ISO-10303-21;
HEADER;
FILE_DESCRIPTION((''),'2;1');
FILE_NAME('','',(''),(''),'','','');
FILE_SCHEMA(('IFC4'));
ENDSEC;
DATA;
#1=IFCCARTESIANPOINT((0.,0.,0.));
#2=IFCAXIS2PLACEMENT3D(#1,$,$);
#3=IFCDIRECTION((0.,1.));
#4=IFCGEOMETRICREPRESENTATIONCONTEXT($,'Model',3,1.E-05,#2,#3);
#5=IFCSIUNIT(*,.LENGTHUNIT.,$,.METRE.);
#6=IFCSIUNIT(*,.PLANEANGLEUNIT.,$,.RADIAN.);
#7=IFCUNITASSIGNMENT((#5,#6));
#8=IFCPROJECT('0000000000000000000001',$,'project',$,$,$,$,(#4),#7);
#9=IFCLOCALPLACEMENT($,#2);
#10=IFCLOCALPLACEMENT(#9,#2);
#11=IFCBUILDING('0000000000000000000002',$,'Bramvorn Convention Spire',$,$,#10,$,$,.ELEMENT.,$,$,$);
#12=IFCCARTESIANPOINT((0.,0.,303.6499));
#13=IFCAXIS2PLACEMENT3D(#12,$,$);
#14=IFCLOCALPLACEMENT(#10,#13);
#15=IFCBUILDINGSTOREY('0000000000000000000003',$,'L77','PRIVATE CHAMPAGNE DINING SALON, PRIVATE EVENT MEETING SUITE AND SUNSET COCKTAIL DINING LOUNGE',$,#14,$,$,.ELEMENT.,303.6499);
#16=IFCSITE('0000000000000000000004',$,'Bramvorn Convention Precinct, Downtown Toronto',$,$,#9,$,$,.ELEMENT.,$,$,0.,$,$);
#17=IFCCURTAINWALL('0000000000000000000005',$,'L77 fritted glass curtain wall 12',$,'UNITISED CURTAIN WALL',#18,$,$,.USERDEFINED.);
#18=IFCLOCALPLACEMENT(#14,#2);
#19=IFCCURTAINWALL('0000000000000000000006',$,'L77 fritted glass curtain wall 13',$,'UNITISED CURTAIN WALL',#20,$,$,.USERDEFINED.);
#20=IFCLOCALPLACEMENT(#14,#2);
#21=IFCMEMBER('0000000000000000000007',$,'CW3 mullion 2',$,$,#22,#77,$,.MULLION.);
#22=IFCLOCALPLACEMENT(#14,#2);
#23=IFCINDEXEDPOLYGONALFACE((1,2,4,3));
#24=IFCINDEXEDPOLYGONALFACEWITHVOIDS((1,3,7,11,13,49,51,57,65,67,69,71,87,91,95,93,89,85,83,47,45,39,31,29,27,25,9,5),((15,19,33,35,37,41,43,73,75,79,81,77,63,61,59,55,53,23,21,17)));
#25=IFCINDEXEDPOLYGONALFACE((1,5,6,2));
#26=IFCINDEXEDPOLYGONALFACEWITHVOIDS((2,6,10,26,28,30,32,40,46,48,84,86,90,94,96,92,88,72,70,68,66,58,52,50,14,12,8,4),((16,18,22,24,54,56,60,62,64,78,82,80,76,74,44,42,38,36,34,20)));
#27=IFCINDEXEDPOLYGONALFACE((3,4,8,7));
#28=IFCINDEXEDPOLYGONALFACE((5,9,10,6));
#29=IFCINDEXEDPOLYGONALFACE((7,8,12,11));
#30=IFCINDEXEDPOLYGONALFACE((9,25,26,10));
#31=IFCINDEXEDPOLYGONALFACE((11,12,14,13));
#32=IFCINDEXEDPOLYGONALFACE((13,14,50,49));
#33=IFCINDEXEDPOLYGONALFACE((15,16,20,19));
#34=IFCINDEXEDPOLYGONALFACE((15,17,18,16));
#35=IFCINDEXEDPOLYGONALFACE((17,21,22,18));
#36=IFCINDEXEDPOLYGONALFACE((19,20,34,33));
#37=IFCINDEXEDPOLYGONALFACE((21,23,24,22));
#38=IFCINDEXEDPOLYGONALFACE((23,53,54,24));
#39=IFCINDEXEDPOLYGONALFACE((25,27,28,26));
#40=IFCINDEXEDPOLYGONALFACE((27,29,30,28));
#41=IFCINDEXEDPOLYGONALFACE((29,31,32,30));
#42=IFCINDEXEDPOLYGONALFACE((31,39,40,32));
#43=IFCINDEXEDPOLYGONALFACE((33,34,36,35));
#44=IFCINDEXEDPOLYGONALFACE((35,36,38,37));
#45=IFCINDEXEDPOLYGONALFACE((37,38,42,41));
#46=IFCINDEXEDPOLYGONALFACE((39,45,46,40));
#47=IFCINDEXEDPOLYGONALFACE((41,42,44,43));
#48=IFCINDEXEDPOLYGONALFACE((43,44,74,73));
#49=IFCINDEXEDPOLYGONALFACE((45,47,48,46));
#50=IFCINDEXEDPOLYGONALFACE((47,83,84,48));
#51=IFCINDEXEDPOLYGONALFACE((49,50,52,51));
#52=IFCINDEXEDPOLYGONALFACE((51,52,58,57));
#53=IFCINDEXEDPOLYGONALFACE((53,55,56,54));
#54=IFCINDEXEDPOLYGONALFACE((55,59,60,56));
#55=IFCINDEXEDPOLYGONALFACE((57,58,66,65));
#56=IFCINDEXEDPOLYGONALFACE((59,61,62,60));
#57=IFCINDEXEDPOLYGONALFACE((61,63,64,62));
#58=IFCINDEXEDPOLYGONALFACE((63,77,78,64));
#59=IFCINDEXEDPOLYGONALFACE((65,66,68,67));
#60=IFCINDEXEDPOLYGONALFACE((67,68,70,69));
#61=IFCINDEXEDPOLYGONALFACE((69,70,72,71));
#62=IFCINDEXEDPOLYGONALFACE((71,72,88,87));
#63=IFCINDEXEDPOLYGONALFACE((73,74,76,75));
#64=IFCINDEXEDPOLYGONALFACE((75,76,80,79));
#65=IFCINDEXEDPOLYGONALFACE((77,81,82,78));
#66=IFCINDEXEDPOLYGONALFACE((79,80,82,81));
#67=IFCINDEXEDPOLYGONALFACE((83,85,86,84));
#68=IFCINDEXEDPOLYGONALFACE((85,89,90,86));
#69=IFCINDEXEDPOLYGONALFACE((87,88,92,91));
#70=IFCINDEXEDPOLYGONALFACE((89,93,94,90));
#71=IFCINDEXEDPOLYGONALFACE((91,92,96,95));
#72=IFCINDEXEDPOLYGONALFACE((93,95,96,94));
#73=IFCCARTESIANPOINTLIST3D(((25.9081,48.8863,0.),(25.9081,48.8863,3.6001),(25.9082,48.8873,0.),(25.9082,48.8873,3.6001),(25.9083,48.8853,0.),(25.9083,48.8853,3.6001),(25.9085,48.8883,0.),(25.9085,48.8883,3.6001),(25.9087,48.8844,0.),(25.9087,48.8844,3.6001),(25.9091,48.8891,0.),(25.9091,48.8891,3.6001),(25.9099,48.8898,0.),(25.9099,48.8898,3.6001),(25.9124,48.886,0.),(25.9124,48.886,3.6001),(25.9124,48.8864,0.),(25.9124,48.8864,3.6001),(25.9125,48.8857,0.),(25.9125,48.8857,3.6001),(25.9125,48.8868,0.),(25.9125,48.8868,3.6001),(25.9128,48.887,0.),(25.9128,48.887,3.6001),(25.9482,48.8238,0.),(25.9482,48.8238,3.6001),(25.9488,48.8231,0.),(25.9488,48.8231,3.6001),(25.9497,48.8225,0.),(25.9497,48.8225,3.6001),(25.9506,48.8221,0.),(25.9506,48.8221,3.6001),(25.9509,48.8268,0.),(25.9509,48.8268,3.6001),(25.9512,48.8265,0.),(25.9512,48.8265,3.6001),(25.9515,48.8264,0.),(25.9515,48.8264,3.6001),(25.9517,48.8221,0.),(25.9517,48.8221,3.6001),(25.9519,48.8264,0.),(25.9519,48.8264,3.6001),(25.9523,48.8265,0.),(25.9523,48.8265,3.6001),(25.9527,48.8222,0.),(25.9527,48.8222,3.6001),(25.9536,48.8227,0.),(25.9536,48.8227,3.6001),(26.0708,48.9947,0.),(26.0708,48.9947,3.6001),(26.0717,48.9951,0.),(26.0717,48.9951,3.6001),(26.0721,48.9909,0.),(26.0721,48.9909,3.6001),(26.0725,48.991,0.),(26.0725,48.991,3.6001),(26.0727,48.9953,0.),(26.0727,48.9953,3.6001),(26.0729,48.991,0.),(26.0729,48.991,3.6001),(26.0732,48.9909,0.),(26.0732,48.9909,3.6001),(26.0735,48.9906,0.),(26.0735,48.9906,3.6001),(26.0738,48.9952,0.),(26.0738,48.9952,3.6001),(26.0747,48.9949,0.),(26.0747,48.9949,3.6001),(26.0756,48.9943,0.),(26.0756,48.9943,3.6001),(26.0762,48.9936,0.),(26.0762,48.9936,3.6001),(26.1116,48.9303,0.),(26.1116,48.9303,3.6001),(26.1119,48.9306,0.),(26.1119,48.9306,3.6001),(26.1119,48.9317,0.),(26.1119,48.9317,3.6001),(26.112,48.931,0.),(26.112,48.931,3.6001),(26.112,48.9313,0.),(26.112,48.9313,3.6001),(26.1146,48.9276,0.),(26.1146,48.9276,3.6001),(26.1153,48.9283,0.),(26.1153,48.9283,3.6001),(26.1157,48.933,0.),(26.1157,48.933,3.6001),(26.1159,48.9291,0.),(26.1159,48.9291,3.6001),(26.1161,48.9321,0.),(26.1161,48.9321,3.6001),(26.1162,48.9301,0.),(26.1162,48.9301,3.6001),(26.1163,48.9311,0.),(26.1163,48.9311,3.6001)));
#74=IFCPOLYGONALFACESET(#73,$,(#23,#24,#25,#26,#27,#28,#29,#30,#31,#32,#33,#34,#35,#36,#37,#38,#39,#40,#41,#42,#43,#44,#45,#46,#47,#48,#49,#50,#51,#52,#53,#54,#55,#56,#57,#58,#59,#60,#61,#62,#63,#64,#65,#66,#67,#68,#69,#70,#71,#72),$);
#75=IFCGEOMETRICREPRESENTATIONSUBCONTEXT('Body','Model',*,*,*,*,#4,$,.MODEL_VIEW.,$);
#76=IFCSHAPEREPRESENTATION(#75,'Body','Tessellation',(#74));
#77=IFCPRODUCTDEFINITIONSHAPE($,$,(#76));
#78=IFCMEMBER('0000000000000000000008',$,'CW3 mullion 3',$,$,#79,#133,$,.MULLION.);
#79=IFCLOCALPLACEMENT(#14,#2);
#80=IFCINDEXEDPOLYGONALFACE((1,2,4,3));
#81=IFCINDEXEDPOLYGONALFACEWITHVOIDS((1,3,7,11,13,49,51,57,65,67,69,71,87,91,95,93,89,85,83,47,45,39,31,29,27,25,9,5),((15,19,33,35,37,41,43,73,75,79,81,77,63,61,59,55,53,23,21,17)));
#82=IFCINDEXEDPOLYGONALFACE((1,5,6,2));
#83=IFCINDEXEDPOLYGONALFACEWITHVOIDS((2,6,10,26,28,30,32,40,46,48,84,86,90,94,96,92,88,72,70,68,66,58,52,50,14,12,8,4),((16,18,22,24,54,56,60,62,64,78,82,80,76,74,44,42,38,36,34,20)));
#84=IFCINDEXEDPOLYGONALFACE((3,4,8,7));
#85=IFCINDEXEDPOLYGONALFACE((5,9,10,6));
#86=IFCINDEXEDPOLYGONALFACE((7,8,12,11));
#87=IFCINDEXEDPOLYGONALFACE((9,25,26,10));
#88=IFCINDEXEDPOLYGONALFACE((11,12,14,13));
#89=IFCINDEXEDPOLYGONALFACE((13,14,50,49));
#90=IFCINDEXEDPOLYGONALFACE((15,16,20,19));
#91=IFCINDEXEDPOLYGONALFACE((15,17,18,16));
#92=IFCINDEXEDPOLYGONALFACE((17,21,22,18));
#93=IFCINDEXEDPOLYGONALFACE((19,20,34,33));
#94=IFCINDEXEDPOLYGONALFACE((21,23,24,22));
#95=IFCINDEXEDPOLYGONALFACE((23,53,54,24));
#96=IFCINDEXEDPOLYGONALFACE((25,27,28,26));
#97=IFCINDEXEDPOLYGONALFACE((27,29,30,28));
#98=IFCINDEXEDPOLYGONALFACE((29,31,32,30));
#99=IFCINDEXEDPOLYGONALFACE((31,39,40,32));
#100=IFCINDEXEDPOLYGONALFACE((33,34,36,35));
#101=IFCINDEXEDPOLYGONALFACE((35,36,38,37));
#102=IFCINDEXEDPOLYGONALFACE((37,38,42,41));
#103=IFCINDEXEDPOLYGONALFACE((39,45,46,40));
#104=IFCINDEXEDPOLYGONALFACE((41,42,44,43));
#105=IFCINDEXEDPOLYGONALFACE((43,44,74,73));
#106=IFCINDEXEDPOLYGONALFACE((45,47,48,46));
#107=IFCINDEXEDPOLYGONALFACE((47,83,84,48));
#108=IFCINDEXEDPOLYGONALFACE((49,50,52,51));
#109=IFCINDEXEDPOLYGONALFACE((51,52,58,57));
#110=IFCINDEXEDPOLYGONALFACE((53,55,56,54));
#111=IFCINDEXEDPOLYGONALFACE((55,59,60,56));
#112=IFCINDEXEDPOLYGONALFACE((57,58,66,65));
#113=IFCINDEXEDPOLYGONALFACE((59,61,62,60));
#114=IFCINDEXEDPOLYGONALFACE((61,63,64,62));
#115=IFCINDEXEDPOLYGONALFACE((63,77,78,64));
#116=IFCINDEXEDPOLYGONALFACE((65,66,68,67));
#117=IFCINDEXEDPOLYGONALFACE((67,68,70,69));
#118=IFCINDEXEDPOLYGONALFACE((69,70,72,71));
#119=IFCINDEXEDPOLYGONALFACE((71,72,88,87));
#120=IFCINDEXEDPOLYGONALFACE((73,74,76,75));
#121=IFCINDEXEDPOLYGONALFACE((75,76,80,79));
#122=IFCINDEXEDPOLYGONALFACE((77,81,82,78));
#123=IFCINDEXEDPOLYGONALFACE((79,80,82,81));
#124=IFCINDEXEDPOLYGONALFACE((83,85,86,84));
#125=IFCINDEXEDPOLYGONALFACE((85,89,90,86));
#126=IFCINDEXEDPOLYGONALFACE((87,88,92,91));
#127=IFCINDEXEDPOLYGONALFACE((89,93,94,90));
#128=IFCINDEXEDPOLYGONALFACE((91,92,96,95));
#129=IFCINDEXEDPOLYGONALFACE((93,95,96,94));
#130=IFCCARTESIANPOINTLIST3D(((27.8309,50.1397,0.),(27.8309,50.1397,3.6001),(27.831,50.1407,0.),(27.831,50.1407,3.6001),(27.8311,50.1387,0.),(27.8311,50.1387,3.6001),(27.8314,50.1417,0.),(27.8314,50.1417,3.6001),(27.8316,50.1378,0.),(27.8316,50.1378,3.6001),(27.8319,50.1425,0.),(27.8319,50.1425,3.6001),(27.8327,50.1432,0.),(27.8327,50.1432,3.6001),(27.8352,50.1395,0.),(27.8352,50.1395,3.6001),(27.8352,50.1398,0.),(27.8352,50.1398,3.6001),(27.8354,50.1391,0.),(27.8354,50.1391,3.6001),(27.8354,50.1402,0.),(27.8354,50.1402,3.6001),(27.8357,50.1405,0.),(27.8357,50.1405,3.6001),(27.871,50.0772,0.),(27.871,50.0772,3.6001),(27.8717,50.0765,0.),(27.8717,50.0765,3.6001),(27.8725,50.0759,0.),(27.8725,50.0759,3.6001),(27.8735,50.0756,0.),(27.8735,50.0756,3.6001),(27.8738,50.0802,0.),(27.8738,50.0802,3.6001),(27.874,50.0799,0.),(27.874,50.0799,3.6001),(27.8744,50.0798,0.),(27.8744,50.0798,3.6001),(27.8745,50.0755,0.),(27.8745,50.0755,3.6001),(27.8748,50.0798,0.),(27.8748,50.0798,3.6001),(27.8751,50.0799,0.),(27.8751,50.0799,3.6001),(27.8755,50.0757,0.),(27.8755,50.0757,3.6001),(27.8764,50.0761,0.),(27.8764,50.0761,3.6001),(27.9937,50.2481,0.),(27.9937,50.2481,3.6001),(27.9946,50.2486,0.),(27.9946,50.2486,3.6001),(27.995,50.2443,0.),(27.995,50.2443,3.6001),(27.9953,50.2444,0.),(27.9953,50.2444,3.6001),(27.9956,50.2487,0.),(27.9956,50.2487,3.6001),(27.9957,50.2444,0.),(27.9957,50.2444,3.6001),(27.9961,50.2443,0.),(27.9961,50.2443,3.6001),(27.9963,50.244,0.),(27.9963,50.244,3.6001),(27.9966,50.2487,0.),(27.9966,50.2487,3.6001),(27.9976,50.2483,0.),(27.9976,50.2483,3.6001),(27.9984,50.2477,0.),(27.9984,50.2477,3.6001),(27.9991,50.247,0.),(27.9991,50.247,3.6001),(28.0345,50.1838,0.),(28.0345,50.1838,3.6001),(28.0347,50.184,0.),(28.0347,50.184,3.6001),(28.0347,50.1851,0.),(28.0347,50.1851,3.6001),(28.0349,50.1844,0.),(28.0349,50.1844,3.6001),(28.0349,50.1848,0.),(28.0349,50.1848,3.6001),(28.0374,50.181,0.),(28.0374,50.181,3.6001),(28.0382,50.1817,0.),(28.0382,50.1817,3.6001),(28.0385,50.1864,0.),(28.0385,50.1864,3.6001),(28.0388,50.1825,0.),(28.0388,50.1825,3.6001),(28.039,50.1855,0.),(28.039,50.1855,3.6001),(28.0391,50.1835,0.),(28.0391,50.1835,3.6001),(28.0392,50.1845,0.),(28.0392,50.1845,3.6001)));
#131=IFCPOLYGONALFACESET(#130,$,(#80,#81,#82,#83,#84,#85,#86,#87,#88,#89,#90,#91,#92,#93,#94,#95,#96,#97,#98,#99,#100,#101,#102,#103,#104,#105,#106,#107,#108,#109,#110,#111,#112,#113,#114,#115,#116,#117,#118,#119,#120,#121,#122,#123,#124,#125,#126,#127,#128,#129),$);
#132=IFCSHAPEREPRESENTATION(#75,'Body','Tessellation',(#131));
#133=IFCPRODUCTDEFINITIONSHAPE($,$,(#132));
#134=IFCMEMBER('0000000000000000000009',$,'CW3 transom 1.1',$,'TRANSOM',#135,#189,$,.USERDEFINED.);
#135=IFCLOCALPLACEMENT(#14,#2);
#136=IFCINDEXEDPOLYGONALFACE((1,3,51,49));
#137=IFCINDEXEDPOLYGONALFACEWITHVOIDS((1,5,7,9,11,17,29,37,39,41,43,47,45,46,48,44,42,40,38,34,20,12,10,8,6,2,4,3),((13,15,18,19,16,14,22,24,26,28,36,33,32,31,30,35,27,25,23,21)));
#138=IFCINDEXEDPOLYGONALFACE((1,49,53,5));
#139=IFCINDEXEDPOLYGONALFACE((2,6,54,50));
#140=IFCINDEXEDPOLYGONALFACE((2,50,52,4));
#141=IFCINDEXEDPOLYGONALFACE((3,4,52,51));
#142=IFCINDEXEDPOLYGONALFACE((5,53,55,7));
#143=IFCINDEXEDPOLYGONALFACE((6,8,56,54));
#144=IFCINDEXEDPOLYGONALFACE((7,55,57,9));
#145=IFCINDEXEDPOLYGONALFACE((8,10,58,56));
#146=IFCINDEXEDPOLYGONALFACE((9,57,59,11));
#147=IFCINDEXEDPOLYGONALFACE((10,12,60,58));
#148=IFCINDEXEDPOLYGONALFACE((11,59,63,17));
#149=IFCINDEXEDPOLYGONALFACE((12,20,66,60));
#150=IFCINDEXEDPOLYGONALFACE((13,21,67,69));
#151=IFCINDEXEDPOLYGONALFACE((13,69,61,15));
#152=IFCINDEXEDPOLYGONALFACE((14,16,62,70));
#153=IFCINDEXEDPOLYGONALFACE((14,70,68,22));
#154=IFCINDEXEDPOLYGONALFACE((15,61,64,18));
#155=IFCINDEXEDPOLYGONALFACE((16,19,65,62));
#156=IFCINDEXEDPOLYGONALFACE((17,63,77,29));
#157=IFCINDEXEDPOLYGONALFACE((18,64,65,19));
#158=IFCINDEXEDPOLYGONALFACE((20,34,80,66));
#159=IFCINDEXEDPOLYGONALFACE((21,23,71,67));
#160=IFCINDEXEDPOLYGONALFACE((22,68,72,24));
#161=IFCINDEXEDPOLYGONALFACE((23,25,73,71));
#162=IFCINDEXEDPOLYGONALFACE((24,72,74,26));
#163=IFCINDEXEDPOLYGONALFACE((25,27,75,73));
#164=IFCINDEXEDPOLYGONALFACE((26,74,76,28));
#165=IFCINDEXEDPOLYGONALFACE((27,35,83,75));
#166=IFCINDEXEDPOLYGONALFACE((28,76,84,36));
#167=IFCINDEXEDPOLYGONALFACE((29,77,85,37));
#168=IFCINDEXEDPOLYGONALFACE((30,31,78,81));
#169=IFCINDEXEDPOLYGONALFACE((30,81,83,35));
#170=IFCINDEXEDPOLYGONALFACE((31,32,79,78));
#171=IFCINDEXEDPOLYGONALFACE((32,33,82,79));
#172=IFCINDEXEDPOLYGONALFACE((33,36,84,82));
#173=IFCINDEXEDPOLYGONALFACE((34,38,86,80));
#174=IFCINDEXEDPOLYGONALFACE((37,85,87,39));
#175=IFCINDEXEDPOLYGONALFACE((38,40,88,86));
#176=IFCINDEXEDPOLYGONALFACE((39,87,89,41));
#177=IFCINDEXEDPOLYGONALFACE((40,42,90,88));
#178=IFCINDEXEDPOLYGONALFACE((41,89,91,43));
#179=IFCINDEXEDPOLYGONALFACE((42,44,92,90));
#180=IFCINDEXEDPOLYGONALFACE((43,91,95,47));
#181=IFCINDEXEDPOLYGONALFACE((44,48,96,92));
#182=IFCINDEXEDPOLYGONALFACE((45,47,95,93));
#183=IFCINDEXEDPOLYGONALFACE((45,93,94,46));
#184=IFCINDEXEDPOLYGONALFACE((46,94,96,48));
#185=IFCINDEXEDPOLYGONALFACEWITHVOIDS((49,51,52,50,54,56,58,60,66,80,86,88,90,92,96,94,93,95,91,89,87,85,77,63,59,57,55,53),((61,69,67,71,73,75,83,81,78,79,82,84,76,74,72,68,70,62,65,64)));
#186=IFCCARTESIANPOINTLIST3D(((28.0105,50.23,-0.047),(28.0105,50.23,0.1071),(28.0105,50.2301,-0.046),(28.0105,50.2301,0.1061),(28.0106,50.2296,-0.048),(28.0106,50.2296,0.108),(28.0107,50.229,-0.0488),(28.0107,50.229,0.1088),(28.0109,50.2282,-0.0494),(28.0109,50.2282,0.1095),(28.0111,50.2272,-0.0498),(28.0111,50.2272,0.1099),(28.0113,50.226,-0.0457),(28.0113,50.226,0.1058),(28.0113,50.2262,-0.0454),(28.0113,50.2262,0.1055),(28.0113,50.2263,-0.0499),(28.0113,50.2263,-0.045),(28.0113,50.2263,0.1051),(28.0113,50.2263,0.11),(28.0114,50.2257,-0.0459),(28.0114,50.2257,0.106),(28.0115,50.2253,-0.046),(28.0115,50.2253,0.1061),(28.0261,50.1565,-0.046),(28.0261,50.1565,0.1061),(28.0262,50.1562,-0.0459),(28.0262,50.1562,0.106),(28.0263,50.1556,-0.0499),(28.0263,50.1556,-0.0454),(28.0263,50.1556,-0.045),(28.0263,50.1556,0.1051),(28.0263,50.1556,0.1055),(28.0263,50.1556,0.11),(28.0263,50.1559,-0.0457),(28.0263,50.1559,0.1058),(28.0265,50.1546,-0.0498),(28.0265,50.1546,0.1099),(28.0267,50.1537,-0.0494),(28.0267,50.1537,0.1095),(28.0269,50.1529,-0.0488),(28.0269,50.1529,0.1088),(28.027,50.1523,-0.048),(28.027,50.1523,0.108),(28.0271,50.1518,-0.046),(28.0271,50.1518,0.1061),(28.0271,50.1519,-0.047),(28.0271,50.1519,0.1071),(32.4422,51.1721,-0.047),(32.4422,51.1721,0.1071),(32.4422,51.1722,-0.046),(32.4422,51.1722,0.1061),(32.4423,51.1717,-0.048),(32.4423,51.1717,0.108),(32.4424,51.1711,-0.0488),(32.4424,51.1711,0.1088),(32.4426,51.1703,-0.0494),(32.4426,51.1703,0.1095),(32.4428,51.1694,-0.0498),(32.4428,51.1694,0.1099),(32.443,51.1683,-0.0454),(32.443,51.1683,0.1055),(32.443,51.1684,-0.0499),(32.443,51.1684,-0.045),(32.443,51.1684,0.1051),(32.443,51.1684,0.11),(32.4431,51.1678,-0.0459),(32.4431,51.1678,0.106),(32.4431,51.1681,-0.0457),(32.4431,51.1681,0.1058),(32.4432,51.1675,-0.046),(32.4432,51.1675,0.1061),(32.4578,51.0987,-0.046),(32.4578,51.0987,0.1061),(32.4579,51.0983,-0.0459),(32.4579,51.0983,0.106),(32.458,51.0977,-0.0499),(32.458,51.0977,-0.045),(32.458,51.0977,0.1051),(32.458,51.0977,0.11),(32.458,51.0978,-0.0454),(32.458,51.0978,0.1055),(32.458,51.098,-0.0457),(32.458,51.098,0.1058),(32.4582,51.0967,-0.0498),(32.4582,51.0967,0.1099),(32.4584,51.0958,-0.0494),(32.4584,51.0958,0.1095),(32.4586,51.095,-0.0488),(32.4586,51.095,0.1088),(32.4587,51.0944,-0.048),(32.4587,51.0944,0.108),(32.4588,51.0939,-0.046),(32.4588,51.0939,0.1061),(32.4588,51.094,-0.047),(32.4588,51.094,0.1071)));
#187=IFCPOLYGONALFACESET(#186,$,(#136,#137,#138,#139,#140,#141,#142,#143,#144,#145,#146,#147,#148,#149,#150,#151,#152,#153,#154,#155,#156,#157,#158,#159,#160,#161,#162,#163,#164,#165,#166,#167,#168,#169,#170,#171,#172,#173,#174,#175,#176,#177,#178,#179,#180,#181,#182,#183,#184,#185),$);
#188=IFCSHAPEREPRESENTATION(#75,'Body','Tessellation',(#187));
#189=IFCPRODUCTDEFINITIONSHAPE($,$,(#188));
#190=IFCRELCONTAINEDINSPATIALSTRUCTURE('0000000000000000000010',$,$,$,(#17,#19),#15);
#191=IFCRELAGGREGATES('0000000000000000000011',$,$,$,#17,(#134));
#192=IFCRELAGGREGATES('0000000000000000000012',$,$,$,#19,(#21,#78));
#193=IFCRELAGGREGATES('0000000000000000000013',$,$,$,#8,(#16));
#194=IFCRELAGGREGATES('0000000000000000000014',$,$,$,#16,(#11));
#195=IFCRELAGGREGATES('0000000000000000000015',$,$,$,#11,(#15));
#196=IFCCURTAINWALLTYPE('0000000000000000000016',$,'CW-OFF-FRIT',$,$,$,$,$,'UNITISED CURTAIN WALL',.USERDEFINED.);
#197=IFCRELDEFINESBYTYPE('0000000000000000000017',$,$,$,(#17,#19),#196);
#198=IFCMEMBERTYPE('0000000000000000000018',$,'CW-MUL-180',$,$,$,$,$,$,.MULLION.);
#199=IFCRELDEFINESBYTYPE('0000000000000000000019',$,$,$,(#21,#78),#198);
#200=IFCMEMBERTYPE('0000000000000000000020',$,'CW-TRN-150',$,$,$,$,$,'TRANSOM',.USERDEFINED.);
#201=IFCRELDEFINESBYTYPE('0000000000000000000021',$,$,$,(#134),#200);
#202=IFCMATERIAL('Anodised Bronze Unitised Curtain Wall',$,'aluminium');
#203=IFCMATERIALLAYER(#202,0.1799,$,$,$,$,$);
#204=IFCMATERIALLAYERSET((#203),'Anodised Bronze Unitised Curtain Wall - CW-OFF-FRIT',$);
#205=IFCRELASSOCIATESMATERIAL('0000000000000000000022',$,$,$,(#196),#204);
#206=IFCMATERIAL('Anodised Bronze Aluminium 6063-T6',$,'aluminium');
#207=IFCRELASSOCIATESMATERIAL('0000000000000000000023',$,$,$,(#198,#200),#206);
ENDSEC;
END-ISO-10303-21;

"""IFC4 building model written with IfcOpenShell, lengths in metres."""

from ifc_helpers import new_model, si_unit, direction, frame, origin, origin_2d, place, context, subcontext, project, spatial, hollow_rectangle, extrude, material, layer, layer_set, material_profile, profile_set, type_object, element, aggregate, save


model = new_model("IFC4")

# Units and contexts
model_context = context("Model", 3, precision=1e-05, world=origin(), true_north=direction((0.0, 1.0)))
body_context = subcontext(model_context, "Body", "Model", "MODEL_VIEW")
ifc_project = project(units=[si_unit("LENGTHUNIT", "METRE"), si_unit("PLANEANGLEUNIT", "RADIAN")], contexts=[model_context])

# Site, building, storey
site_placement = place(None, origin())
site = spatial("IfcSite", under=ifc_project, at=site_placement, Name="Bramvorn Convention Precinct, Downtown Toronto", CompositionType="ELEMENT", RefElevation=0.0)
building_placement = place(site_placement, origin())
building = spatial("IfcBuilding", under=site, at=building_placement, Name="Bramvorn Convention Spire", CompositionType="ELEMENT")
storey_placement = place(building_placement, frame((0.0, 0.0, 303.6499)))
storey = spatial("IfcBuildingStorey", under=building, at=storey_placement, Name="L77", Description="PRIVATE CHAMPAGNE DINING SALON, PRIVATE EVENT MEETING SUITE AND SUNSET COCKTAIL DINING LOUNGE", CompositionType="ELEMENT", Elevation=303.6499)

# Curtain walls, members
ifc_material_1 = material(Name="Anodised Bronze Unitised Curtain Wall", Category="aluminium")
ifc_layer_1 = layer(ifc_material_1, 0.1799)
ifc_layer_set_1 = layer_set([ifc_layer_1], Name="Anodised Bronze Unitised Curtain Wall - CW-OFF-FRIT")
curtain_wall_type = type_object("IfcCurtainWallType", Name="CW-OFF-FRIT", ElementType="UNITISED CURTAIN WALL", PredefinedType="USERDEFINED", material=ifc_layer_set_1)
curtain_wall_1_placement = place(storey_placement, origin())
curtain_wall_1 = element("IfcCurtainWall", 1, at=curtain_wall_1_placement, inside=storey, type_object=curtain_wall_type, Name="L77 fritted glass curtain wall 12", ObjectType="UNITISED CURTAIN WALL", PredefinedType="USERDEFINED")
ifc_material_2 = material(Name="Anodised Bronze Aluminium 6063-T6", Category="aluminium")
ifc_material_profile_1 = material_profile(ifc_material_2, hollow_rectangle(XDim=0.0801, YDim=0.2, WallThickness=0.0039, InnerFilletRadius=0.001, OuterFilletRadius=0.0039, at=origin_2d()))
ifc_profile_set_1 = profile_set([ifc_material_profile_1], Name="Anodised Bronze Aluminium 6063-T6 - CWM80X200")
member_type_1 = type_object("IfcMemberType", Name="CW-MUL-180", PredefinedType="MULLION", material=ifc_profile_set_1)
curtain_wall_2_placement = place(storey_placement, origin())
curtain_wall_2 = element("IfcCurtainWall", 2, at=curtain_wall_2_placement, inside=storey, type_object=curtain_wall_type, Name="L77 fritted glass curtain wall 13", ObjectType="UNITISED CURTAIN WALL", PredefinedType="USERDEFINED")
member_1_placement = place(storey_placement, frame((26.0122, 48.9087, 0.0), z_axis=(0.0, 0.0, 1.0), x_axis=(-0.546046, 0.837755, 0.0)))
member_1 = element("IfcMember", 3, at=member_1_placement, type_object=member_type_1, Name="CW3 mullion 2", PredefinedType="MULLION", context=body_context, shape_type="SweptSolid", body=[
    extrude(hollow_rectangle(XDim=0.0801, YDim=0.2, WallThickness=0.0039, InnerFilletRadius=0.001, OuterFilletRadius=0.0039, at=origin_2d()), origin(), (0.0, 0.0, 1.0), 3.6001),
])
member_2_placement = place(storey_placement, frame((27.9351, 50.1621, 0.0), z_axis=(0.0, 0.0, 1.0), x_axis=(-0.546046, 0.837755, 0.0)))
member_2 = element("IfcMember", 4, at=member_2_placement, type_object=member_type_1, Name="CW3 mullion 3", PredefinedType="MULLION", context=body_context, shape_type="SweptSolid", body=[
    extrude(hollow_rectangle(XDim=0.0801, YDim=0.2, WallThickness=0.0039, InnerFilletRadius=0.001, OuterFilletRadius=0.0039, at=origin_2d()), origin(), (0.0, 0.0, 1.0), 3.6001),
])

# Member
ifc_material_profile_2 = material_profile(ifc_material_2, hollow_rectangle(XDim=0.0801, YDim=0.1599, WallThickness=0.0039, InnerFilletRadius=0.001, OuterFilletRadius=0.0039, at=origin_2d()))
ifc_profile_set_2 = profile_set([ifc_material_profile_2], Name="Anodised Bronze Aluminium 6063-T6 - CWT80X160")
member_type_2 = type_object("IfcMemberType", Name="CW-TRN-150", ElementType="TRANSOM", PredefinedType="USERDEFINED", material=ifc_profile_set_2)
member_3_placement = place(storey_placement, frame((28.0188, 50.1909, 0.03), z_axis=(0.97814, 0.207946, 0.0), x_axis=(-0.207946, 0.97814, 0.0)))
member_3 = element("IfcMember", 5, at=member_3_placement, type_object=member_type_2, Name="CW3 transom 1.1", ObjectType="TRANSOM", PredefinedType="USERDEFINED", context=body_context, shape_type="SweptSolid", body=[
    extrude(hollow_rectangle(XDim=0.0801, YDim=0.1599, WallThickness=0.0039, InnerFilletRadius=0.001, OuterFilletRadius=0.0039, at=origin_2d()), origin(), (0.0, 0.0, 1.0), 4.5308),
])

aggregate(curtain_wall_1, [member_3])
aggregate(curtain_wall_2, [member_1, member_2])

save(model, "model.ifc")
